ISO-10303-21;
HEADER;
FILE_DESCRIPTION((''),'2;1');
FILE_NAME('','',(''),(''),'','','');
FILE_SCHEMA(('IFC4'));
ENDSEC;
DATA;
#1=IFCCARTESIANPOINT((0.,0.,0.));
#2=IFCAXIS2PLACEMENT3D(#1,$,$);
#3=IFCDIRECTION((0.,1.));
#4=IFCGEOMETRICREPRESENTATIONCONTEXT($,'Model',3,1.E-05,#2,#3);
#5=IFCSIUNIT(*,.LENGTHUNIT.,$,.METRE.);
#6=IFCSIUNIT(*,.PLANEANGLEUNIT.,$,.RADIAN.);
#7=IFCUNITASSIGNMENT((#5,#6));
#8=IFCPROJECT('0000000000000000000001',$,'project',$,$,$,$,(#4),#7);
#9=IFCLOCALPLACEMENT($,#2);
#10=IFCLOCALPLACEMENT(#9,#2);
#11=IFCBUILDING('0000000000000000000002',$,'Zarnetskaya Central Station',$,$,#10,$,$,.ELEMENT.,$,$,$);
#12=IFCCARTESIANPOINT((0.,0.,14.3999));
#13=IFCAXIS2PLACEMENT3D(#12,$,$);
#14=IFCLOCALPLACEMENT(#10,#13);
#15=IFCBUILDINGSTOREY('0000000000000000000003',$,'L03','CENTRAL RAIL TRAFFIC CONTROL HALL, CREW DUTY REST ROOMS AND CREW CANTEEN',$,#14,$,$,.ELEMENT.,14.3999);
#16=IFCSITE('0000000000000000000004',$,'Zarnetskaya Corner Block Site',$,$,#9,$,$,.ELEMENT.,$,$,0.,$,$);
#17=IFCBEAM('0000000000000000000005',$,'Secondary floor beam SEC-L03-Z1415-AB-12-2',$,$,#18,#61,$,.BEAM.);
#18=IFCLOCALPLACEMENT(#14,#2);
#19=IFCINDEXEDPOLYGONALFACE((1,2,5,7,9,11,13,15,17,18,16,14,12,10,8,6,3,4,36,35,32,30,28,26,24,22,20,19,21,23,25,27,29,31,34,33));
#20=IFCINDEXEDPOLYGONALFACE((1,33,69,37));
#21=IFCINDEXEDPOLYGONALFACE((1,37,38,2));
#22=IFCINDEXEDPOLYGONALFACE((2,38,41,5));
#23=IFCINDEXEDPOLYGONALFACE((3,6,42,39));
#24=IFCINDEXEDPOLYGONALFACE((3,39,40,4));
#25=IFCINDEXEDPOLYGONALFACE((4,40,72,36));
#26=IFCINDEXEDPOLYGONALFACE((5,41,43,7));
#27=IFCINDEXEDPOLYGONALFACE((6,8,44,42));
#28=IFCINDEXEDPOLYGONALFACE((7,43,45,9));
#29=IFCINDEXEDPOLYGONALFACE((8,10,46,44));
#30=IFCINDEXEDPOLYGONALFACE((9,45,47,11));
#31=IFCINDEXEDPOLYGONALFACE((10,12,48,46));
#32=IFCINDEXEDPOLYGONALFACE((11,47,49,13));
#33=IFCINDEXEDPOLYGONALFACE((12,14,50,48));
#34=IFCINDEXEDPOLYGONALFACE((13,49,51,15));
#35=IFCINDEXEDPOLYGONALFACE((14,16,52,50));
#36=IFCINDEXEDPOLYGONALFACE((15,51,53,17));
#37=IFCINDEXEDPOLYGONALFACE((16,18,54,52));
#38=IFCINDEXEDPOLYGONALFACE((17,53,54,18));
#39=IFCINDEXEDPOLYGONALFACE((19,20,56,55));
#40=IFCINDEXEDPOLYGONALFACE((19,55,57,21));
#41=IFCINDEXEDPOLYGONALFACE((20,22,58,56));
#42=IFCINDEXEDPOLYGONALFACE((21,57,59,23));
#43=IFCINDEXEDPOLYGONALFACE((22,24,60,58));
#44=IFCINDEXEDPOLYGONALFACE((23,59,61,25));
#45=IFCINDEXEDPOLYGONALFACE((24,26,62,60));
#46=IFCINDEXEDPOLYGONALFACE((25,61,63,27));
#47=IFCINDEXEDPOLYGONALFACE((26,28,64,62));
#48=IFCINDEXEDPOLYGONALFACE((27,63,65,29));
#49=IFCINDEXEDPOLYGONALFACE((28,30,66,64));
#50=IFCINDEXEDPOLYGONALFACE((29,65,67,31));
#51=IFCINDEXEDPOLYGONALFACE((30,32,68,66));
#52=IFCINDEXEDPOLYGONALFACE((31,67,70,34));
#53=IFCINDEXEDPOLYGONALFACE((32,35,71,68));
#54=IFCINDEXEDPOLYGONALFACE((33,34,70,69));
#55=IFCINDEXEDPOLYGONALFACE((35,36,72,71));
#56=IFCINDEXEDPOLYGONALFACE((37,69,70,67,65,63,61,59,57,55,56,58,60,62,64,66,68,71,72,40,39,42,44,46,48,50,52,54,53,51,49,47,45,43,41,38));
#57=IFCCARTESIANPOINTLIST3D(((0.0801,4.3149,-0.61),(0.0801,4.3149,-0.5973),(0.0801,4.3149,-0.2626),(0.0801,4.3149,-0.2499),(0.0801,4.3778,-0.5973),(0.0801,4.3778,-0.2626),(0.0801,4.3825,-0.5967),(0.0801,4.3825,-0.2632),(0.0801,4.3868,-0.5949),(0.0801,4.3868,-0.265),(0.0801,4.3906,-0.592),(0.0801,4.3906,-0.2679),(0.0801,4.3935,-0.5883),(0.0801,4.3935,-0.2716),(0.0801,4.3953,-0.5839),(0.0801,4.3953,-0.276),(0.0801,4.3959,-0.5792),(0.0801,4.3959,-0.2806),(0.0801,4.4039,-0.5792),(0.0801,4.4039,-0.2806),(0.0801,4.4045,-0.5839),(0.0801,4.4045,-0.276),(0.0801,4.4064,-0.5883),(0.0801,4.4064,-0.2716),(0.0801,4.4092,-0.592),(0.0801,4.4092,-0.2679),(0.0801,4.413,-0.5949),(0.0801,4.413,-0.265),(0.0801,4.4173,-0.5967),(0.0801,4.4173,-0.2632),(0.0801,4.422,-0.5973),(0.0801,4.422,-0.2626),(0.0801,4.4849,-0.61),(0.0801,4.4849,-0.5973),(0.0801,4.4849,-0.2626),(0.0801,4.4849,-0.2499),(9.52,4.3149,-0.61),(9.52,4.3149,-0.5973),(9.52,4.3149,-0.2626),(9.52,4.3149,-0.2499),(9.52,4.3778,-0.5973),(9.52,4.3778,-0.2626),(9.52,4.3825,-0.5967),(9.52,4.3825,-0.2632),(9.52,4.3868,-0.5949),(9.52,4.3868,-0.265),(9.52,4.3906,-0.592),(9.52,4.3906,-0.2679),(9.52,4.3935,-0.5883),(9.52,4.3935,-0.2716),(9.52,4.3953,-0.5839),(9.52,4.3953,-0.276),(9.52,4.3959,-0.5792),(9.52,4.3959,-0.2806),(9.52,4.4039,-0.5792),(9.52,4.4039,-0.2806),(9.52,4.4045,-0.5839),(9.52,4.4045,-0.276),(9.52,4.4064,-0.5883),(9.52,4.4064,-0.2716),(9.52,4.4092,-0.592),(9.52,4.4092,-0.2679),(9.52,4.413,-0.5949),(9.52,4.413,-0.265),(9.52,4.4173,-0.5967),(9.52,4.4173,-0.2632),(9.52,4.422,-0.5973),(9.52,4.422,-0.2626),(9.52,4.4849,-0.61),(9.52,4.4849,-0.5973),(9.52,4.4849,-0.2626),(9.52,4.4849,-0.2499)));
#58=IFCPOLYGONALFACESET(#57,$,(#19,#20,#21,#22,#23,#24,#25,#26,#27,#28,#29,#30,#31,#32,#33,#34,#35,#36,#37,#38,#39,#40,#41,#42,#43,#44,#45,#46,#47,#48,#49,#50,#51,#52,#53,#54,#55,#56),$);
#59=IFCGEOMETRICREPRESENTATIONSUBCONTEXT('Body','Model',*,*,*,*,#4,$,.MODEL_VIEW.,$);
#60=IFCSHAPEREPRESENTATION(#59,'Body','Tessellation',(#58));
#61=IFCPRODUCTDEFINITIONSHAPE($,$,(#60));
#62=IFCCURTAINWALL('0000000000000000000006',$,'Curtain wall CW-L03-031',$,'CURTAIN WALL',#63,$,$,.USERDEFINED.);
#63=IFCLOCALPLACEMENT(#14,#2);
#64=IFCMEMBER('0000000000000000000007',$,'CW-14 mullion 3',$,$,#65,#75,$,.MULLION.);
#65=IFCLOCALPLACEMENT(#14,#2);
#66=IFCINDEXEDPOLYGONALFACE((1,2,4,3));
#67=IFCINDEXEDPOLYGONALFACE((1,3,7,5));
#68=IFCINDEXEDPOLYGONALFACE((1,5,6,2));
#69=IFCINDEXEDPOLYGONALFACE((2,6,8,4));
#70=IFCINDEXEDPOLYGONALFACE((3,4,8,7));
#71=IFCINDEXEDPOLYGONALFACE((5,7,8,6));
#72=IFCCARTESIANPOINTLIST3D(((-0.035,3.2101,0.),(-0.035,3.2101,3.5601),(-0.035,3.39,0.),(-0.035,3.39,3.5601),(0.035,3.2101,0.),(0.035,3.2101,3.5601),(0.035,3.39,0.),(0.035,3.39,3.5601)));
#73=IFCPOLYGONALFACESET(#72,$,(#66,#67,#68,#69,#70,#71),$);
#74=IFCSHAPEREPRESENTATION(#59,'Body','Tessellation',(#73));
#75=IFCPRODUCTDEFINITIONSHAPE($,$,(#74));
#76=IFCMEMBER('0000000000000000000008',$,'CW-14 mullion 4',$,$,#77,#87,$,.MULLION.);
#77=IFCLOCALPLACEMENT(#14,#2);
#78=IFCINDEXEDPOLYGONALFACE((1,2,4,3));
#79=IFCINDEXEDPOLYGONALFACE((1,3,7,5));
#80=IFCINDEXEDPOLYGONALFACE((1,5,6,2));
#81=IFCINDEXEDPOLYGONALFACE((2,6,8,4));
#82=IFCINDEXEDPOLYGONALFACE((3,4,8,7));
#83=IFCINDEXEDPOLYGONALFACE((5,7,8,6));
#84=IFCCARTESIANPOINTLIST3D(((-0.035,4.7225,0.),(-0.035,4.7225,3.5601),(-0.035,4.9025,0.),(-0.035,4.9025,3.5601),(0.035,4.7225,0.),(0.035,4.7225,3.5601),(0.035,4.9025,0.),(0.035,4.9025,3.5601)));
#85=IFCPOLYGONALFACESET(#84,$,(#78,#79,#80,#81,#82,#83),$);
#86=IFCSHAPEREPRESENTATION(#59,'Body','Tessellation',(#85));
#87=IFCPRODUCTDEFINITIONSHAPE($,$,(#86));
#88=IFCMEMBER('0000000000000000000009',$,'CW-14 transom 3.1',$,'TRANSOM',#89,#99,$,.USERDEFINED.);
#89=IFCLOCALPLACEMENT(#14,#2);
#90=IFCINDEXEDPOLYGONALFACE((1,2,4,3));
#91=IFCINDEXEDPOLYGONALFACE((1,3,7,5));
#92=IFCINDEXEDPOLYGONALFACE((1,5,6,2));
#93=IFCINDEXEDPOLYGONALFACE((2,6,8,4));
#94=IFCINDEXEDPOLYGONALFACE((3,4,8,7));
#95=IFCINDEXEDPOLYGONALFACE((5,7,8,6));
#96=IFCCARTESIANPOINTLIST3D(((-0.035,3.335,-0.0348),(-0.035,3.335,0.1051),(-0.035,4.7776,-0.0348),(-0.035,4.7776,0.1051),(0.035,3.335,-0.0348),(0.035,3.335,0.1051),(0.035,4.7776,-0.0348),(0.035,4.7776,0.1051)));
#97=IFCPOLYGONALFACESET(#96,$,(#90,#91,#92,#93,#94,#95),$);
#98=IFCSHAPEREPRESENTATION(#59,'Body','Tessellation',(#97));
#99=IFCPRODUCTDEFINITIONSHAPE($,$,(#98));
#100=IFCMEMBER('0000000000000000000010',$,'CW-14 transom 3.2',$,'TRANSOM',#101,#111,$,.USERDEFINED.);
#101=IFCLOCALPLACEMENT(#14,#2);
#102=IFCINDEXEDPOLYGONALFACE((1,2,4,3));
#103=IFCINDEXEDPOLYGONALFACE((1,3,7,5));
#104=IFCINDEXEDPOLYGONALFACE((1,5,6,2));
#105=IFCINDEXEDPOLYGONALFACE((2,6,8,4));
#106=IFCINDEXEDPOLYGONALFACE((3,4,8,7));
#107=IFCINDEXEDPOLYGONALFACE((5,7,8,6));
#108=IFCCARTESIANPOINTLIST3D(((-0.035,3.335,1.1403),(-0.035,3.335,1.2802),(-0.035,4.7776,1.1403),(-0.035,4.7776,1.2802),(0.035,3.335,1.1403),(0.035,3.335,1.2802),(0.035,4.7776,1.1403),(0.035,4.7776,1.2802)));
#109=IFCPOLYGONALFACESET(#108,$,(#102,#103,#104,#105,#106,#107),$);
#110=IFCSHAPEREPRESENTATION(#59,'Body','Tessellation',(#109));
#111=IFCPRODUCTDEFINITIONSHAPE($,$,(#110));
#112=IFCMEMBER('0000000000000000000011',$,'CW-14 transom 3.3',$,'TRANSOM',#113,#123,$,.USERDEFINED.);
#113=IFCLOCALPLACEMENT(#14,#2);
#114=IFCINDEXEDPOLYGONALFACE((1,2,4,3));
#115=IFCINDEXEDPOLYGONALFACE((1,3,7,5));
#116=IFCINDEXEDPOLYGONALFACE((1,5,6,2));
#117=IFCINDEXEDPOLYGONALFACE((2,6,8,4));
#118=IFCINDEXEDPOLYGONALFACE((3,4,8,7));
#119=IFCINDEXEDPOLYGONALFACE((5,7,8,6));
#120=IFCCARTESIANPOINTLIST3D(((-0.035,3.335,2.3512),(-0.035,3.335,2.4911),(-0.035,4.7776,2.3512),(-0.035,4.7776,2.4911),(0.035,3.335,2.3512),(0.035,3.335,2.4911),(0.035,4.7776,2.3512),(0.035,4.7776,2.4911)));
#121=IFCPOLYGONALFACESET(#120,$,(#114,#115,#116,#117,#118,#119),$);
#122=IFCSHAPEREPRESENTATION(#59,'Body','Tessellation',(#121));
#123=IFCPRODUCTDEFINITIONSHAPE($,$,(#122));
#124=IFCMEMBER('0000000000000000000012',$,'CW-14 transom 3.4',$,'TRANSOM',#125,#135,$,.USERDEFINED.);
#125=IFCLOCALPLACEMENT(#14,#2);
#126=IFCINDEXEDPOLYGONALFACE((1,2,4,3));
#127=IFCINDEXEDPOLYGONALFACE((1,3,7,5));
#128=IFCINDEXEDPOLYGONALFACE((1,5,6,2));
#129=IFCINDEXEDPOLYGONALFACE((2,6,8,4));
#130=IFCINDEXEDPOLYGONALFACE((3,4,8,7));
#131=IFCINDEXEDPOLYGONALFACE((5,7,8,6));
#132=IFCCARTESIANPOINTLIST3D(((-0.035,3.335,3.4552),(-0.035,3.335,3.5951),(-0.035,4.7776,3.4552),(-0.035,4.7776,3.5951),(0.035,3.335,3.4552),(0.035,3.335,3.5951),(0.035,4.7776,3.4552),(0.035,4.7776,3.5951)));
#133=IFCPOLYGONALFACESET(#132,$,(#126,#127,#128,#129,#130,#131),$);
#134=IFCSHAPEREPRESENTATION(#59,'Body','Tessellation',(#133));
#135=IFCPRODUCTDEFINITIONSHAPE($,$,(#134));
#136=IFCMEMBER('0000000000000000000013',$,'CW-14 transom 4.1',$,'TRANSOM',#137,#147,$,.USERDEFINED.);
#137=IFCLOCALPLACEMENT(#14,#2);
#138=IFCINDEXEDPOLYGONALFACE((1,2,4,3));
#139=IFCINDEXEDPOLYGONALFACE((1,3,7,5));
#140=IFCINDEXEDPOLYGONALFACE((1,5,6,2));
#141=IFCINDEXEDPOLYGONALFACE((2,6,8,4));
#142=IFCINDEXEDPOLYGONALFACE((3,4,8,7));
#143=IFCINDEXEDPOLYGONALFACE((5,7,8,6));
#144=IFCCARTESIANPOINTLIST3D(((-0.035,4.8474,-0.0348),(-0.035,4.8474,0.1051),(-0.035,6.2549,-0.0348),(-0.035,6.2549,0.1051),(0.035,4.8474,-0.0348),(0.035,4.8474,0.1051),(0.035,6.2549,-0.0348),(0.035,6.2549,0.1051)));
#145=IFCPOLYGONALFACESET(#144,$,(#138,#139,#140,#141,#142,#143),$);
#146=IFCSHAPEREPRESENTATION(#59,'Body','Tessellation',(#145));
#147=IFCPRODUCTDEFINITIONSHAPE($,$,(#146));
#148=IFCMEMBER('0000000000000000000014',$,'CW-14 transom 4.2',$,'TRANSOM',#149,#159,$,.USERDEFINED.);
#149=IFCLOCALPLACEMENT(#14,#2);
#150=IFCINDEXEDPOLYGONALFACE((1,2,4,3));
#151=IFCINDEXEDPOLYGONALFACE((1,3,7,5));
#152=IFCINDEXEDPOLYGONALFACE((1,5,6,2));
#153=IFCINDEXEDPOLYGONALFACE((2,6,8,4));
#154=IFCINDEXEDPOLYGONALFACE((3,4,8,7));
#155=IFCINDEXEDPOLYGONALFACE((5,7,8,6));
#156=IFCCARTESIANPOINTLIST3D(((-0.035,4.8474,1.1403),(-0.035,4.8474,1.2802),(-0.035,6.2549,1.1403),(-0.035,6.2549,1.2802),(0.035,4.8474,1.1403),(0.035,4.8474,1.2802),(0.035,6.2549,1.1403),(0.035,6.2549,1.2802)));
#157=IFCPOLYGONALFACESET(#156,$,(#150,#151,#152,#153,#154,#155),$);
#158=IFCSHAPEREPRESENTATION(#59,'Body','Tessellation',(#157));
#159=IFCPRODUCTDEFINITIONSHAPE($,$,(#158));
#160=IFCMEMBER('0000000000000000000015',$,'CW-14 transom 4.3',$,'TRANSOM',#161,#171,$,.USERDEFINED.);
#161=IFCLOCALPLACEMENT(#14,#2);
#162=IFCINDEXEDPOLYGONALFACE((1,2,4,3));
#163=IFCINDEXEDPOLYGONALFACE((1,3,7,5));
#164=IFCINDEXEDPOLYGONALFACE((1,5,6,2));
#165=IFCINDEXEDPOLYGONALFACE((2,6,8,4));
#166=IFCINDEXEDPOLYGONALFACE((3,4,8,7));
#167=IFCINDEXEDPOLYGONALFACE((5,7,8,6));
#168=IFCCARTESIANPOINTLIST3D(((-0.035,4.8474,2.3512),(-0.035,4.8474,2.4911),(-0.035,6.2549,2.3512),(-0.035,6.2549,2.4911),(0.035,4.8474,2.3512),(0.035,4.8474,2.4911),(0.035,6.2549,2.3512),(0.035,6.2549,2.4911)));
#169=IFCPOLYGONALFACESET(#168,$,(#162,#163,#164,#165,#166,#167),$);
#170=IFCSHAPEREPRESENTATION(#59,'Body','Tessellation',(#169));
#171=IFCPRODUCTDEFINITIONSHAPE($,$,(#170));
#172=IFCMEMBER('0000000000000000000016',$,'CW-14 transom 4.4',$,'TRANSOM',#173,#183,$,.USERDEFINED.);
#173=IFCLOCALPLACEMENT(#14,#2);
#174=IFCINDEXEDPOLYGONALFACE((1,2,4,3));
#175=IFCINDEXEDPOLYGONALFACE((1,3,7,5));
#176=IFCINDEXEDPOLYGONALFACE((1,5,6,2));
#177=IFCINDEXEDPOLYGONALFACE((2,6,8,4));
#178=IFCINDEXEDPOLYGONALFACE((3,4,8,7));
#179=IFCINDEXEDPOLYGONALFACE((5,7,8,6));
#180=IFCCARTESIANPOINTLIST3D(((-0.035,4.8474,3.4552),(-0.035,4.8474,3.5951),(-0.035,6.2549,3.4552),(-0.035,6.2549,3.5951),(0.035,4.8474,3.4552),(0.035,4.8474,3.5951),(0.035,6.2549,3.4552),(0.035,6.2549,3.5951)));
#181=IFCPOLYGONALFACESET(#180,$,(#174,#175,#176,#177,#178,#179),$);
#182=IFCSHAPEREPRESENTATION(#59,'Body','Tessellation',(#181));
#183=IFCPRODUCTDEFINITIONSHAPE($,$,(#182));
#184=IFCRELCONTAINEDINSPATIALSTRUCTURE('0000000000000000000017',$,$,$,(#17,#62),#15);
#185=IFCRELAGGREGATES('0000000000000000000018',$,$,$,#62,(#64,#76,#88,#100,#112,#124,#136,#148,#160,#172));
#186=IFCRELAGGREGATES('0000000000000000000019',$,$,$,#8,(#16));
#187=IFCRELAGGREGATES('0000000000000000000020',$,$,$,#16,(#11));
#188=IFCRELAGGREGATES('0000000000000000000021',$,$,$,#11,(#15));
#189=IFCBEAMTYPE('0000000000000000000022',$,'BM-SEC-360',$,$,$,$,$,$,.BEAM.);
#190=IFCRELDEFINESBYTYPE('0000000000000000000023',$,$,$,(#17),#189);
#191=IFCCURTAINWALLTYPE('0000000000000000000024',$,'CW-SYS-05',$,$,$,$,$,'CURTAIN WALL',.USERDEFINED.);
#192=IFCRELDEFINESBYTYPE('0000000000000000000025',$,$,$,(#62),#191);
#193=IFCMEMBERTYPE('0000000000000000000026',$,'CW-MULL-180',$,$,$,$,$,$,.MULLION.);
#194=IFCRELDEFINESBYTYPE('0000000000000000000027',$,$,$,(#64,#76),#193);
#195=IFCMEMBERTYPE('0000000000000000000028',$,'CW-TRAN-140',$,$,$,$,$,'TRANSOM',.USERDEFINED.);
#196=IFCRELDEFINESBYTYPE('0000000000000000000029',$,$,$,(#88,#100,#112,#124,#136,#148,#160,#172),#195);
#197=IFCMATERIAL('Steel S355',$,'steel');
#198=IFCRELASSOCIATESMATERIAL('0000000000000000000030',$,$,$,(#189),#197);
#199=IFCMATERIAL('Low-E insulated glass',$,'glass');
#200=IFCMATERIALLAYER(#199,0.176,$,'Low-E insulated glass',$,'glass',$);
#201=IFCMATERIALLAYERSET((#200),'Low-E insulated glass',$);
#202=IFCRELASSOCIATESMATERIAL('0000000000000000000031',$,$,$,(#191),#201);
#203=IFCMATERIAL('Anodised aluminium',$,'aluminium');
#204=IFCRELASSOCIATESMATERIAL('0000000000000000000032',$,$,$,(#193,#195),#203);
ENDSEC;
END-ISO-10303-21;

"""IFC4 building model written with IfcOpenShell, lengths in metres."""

from ifc_helpers import new_model, si_unit, direction, frame, origin, origin_2d, place, context, subcontext, project, spatial, rectangle, i_section, extrude, material, layer, layer_set, material_profile, profile_set, type_object, element, aggregate, save


model = new_model("IFC4")

# Units and contexts
model_context = context("Model", 3, precision=1e-05, world=origin(), true_north=direction((0.0, 1.0)))
body_context = subcontext(model_context, "Body", "Model", "MODEL_VIEW")
ifc_project = project(units=[si_unit("LENGTHUNIT", "METRE"), si_unit("PLANEANGLEUNIT", "RADIAN")], contexts=[model_context])

# Site, building, storey
site_placement = place(None, origin())
site = spatial("IfcSite", under=ifc_project, at=site_placement, Name="Zarnetskaya Corner Block Site", CompositionType="ELEMENT", RefElevation=0.0)
building_placement = place(site_placement, origin())
building = spatial("IfcBuilding", under=site, at=building_placement, Name="Zarnetskaya Central Station", CompositionType="ELEMENT")
storey_placement = place(building_placement, frame((0.0, 0.0, 14.3999)))
storey = spatial("IfcBuildingStorey", under=building, at=storey_placement, Name="L03", Description="CENTRAL RAIL TRAFFIC CONTROL HALL, CREW DUTY REST ROOMS AND CREW CANTEEN", CompositionType="ELEMENT", Elevation=14.3999)

# Beam
ifc_material_1 = material(Name="Steel S355", Category="steel")
ifc_material_profile_1 = material_profile(ifc_material_1, i_section(OverallWidth=0.1699, OverallDepth=0.3601, WebThickness=0.0081, FlangeThickness=0.0127, FilletRadius=0.0181, at=origin_2d()), Name="IPE 360")
ifc_profile_set_1 = profile_set([ifc_material_profile_1], Name="Steel S355")
beam_type = type_object("IfcBeamType", Name="BM-SEC-360", PredefinedType="BEAM", material=ifc_profile_set_1)
beam_placement = place(storey_placement, frame((0.0801, 4.3999, -0.4299), z_axis=(1.0, 0.0, 0.0), x_axis=(0.0, 1.0, 0.0)))
element("IfcBeam", 1, at=beam_placement, inside=storey, type_object=beam_type, Name="Secondary floor beam SEC-L03-Z1415-AB-12-2", PredefinedType="BEAM", context=body_context, shape_type="SweptSolid", body=[
    extrude(i_section(OverallWidth=0.1699, OverallDepth=0.3601, WebThickness=0.0081, FlangeThickness=0.0127, FilletRadius=0.0181, at=origin_2d()), origin(), (0.0, 0.0, 1.0), 9.4399),
])

# Curtain wall, members
ifc_material_2 = material(Name="Low-E insulated glass", Category="glass")
ifc_layer_1 = layer(ifc_material_2, 0.176, Name="Low-E insulated glass", Category="glass")
ifc_layer_set_1 = layer_set([ifc_layer_1], Name="Low-E insulated glass")
curtain_wall_type = type_object("IfcCurtainWallType", Name="CW-SYS-05", ElementType="CURTAIN WALL", PredefinedType="USERDEFINED", material=ifc_layer_set_1)
curtain_wall_placement = place(storey_placement, origin())
curtain_wall = element("IfcCurtainWall", 2, at=curtain_wall_placement, inside=storey, type_object=curtain_wall_type, Name="Curtain wall CW-L03-031", ObjectType="CURTAIN WALL", PredefinedType="USERDEFINED")
ifc_material_3 = material(Name="Anodised aluminium", Category="aluminium")
ifc_material_profile_2 = material_profile(ifc_material_3, rectangle(XDim=0.0701, YDim=0.1799, at=origin_2d()), Name="ALU MULL 70x180")
ifc_profile_set_2 = profile_set([ifc_material_profile_2], Name="Anodised aluminium")
member_type_1 = type_object("IfcMemberType", Name="CW-MULL-180", PredefinedType="MULLION", material=ifc_profile_set_2)
member_1_placement = place(storey_placement, frame((0.0, 3.3, 0.0), z_axis=(0.0, 0.0, 1.0), x_axis=(-1.0, 0.0, 0.0)))
member_1 = element("IfcMember", 3, at=member_1_placement, type_object=member_type_1, Name="CW-14 mullion 3", PredefinedType="MULLION", context=body_context, shape_type="SweptSolid", body=[
    extrude(rectangle(XDim=0.0701, YDim=0.1799, at=origin_2d()), origin(), (0.0, 0.0, 1.0), 3.5601),
])
member_2_placement = place(storey_placement, frame((0.0, 4.8125, 0.0), z_axis=(0.0, 0.0, 1.0), x_axis=(-1.0, 0.0, 0.0)))
member_2 = element("IfcMember", 4, at=member_2_placement, type_object=member_type_1, Name="CW-14 mullion 4", PredefinedType="MULLION", context=body_context, shape_type="SweptSolid", body=[
    extrude(rectangle(XDim=0.0701, YDim=0.1799, at=origin_2d()), origin(), (0.0, 0.0, 1.0), 3.5601),
])
ifc_material_profile_3 = material_profile(ifc_material_3, rectangle(XDim=0.0701, YDim=0.1399, at=origin_2d()), Name="ALU TRAN 70x140")
ifc_profile_set_3 = profile_set([ifc_material_profile_3], Name="Anodised aluminium")
member_type_2 = type_object("IfcMemberType", Name="CW-TRAN-140", ElementType="TRANSOM", PredefinedType="USERDEFINED", material=ifc_profile_set_3)
member_3_placement = place(storey_placement, frame((0.0, 3.335, 0.0352), z_axis=(0.0, 1.0, 0.0), x_axis=(-1.0, 0.0, 0.0)))
member_3 = element("IfcMember", 5, at=member_3_placement, type_object=member_type_2, Name="CW-14 transom 3.1", ObjectType="TRANSOM", PredefinedType="USERDEFINED", context=body_context, shape_type="SweptSolid", body=[
    extrude(rectangle(XDim=0.0701, YDim=0.1399, at=origin_2d()), origin(), (0.0, 0.0, 1.0), 1.4426),
])
member_4_placement = place(storey_placement, frame((0.0, 3.335, 1.2102), z_axis=(0.0, 1.0, 0.0), x_axis=(-1.0, 0.0, 0.0)))
member_4 = element("IfcMember", 6, at=member_4_placement, type_object=member_type_2, Name="CW-14 transom 3.2", ObjectType="TRANSOM", PredefinedType="USERDEFINED", context=body_context, shape_type="SweptSolid", body=[
    extrude(rectangle(XDim=0.0701, YDim=0.1399, at=origin_2d()), origin(), (0.0, 0.0, 1.0), 1.4426),
])
member_5_placement = place(storey_placement, frame((0.0, 3.335, 2.4211), z_axis=(0.0, 1.0, 0.0), x_axis=(-1.0, 0.0, 0.0)))
member_5 = element("IfcMember", 7, at=member_5_placement, type_object=member_type_2, Name="CW-14 transom 3.3", ObjectType="TRANSOM", PredefinedType="USERDEFINED", context=body_context, shape_type="SweptSolid", body=[
    extrude(rectangle(XDim=0.0701, YDim=0.1399, at=origin_2d()), origin(), (0.0, 0.0, 1.0), 1.4426),
])
member_6_placement = place(storey_placement, frame((0.0, 3.335, 3.5251), z_axis=(0.0, 1.0, 0.0), x_axis=(-1.0, 0.0, 0.0)))
member_6 = element("IfcMember", 8, at=member_6_placement, type_object=member_type_2, Name="CW-14 transom 3.4", ObjectType="TRANSOM", PredefinedType="USERDEFINED", context=body_context, shape_type="SweptSolid", body=[
    extrude(rectangle(XDim=0.0701, YDim=0.1399, at=origin_2d()), origin(), (0.0, 0.0, 1.0), 1.4426),
])
member_7_placement = place(storey_placement, frame((0.0, 4.8474, 0.0352), z_axis=(0.0, 1.0, 0.0), x_axis=(-1.0, 0.0, 0.0)))
member_7 = element("IfcMember", 9, at=member_7_placement, type_object=member_type_2, Name="CW-14 transom 4.1", ObjectType="TRANSOM", PredefinedType="USERDEFINED", context=body_context, shape_type="SweptSolid", body=[
    extrude(rectangle(XDim=0.0701, YDim=0.1399, at=origin_2d()), origin(), (0.0, 0.0, 1.0), 1.4075),
])
member_8_placement = place(storey_placement, frame((0.0, 4.8474, 1.2102), z_axis=(0.0, 1.0, 0.0), x_axis=(-1.0, 0.0, 0.0)))
member_8 = element("IfcMember", 10, at=member_8_placement, type_object=member_type_2, Name="CW-14 transom 4.2", ObjectType="TRANSOM", PredefinedType="USERDEFINED", context=body_context, shape_type="SweptSolid", body=[
    extrude(rectangle(XDim=0.0701, YDim=0.1399, at=origin_2d()), origin(), (0.0, 0.0, 1.0), 1.4075),
])
member_9_placement = place(storey_placement, frame((0.0, 4.8474, 2.4211), z_axis=(0.0, 1.0, 0.0), x_axis=(-1.0, 0.0, 0.0)))
member_9 = element("IfcMember", 11, at=member_9_placement, type_object=member_type_2, Name="CW-14 transom 4.3", ObjectType="TRANSOM", PredefinedType="USERDEFINED", context=body_context, shape_type="SweptSolid", body=[
    extrude(rectangle(XDim=0.0701, YDim=0.1399, at=origin_2d()), origin(), (0.0, 0.0, 1.0), 1.4075),
])
member_10_placement = place(storey_placement, frame((0.0, 4.8474, 3.5251), z_axis=(0.0, 1.0, 0.0), x_axis=(-1.0, 0.0, 0.0)))
member_10 = element("IfcMember", 12, at=member_10_placement, type_object=member_type_2, Name="CW-14 transom 4.4", ObjectType="TRANSOM", PredefinedType="USERDEFINED", context=body_context, shape_type="SweptSolid", body=[
    extrude(rectangle(XDim=0.0701, YDim=0.1399, at=origin_2d()), origin(), (0.0, 0.0, 1.0), 1.4075),
])
aggregate(curtain_wall, [member_1, member_2, member_3, member_4, member_5, member_6, member_7, member_8, member_9, member_10])

save(model, "model.ifc")
